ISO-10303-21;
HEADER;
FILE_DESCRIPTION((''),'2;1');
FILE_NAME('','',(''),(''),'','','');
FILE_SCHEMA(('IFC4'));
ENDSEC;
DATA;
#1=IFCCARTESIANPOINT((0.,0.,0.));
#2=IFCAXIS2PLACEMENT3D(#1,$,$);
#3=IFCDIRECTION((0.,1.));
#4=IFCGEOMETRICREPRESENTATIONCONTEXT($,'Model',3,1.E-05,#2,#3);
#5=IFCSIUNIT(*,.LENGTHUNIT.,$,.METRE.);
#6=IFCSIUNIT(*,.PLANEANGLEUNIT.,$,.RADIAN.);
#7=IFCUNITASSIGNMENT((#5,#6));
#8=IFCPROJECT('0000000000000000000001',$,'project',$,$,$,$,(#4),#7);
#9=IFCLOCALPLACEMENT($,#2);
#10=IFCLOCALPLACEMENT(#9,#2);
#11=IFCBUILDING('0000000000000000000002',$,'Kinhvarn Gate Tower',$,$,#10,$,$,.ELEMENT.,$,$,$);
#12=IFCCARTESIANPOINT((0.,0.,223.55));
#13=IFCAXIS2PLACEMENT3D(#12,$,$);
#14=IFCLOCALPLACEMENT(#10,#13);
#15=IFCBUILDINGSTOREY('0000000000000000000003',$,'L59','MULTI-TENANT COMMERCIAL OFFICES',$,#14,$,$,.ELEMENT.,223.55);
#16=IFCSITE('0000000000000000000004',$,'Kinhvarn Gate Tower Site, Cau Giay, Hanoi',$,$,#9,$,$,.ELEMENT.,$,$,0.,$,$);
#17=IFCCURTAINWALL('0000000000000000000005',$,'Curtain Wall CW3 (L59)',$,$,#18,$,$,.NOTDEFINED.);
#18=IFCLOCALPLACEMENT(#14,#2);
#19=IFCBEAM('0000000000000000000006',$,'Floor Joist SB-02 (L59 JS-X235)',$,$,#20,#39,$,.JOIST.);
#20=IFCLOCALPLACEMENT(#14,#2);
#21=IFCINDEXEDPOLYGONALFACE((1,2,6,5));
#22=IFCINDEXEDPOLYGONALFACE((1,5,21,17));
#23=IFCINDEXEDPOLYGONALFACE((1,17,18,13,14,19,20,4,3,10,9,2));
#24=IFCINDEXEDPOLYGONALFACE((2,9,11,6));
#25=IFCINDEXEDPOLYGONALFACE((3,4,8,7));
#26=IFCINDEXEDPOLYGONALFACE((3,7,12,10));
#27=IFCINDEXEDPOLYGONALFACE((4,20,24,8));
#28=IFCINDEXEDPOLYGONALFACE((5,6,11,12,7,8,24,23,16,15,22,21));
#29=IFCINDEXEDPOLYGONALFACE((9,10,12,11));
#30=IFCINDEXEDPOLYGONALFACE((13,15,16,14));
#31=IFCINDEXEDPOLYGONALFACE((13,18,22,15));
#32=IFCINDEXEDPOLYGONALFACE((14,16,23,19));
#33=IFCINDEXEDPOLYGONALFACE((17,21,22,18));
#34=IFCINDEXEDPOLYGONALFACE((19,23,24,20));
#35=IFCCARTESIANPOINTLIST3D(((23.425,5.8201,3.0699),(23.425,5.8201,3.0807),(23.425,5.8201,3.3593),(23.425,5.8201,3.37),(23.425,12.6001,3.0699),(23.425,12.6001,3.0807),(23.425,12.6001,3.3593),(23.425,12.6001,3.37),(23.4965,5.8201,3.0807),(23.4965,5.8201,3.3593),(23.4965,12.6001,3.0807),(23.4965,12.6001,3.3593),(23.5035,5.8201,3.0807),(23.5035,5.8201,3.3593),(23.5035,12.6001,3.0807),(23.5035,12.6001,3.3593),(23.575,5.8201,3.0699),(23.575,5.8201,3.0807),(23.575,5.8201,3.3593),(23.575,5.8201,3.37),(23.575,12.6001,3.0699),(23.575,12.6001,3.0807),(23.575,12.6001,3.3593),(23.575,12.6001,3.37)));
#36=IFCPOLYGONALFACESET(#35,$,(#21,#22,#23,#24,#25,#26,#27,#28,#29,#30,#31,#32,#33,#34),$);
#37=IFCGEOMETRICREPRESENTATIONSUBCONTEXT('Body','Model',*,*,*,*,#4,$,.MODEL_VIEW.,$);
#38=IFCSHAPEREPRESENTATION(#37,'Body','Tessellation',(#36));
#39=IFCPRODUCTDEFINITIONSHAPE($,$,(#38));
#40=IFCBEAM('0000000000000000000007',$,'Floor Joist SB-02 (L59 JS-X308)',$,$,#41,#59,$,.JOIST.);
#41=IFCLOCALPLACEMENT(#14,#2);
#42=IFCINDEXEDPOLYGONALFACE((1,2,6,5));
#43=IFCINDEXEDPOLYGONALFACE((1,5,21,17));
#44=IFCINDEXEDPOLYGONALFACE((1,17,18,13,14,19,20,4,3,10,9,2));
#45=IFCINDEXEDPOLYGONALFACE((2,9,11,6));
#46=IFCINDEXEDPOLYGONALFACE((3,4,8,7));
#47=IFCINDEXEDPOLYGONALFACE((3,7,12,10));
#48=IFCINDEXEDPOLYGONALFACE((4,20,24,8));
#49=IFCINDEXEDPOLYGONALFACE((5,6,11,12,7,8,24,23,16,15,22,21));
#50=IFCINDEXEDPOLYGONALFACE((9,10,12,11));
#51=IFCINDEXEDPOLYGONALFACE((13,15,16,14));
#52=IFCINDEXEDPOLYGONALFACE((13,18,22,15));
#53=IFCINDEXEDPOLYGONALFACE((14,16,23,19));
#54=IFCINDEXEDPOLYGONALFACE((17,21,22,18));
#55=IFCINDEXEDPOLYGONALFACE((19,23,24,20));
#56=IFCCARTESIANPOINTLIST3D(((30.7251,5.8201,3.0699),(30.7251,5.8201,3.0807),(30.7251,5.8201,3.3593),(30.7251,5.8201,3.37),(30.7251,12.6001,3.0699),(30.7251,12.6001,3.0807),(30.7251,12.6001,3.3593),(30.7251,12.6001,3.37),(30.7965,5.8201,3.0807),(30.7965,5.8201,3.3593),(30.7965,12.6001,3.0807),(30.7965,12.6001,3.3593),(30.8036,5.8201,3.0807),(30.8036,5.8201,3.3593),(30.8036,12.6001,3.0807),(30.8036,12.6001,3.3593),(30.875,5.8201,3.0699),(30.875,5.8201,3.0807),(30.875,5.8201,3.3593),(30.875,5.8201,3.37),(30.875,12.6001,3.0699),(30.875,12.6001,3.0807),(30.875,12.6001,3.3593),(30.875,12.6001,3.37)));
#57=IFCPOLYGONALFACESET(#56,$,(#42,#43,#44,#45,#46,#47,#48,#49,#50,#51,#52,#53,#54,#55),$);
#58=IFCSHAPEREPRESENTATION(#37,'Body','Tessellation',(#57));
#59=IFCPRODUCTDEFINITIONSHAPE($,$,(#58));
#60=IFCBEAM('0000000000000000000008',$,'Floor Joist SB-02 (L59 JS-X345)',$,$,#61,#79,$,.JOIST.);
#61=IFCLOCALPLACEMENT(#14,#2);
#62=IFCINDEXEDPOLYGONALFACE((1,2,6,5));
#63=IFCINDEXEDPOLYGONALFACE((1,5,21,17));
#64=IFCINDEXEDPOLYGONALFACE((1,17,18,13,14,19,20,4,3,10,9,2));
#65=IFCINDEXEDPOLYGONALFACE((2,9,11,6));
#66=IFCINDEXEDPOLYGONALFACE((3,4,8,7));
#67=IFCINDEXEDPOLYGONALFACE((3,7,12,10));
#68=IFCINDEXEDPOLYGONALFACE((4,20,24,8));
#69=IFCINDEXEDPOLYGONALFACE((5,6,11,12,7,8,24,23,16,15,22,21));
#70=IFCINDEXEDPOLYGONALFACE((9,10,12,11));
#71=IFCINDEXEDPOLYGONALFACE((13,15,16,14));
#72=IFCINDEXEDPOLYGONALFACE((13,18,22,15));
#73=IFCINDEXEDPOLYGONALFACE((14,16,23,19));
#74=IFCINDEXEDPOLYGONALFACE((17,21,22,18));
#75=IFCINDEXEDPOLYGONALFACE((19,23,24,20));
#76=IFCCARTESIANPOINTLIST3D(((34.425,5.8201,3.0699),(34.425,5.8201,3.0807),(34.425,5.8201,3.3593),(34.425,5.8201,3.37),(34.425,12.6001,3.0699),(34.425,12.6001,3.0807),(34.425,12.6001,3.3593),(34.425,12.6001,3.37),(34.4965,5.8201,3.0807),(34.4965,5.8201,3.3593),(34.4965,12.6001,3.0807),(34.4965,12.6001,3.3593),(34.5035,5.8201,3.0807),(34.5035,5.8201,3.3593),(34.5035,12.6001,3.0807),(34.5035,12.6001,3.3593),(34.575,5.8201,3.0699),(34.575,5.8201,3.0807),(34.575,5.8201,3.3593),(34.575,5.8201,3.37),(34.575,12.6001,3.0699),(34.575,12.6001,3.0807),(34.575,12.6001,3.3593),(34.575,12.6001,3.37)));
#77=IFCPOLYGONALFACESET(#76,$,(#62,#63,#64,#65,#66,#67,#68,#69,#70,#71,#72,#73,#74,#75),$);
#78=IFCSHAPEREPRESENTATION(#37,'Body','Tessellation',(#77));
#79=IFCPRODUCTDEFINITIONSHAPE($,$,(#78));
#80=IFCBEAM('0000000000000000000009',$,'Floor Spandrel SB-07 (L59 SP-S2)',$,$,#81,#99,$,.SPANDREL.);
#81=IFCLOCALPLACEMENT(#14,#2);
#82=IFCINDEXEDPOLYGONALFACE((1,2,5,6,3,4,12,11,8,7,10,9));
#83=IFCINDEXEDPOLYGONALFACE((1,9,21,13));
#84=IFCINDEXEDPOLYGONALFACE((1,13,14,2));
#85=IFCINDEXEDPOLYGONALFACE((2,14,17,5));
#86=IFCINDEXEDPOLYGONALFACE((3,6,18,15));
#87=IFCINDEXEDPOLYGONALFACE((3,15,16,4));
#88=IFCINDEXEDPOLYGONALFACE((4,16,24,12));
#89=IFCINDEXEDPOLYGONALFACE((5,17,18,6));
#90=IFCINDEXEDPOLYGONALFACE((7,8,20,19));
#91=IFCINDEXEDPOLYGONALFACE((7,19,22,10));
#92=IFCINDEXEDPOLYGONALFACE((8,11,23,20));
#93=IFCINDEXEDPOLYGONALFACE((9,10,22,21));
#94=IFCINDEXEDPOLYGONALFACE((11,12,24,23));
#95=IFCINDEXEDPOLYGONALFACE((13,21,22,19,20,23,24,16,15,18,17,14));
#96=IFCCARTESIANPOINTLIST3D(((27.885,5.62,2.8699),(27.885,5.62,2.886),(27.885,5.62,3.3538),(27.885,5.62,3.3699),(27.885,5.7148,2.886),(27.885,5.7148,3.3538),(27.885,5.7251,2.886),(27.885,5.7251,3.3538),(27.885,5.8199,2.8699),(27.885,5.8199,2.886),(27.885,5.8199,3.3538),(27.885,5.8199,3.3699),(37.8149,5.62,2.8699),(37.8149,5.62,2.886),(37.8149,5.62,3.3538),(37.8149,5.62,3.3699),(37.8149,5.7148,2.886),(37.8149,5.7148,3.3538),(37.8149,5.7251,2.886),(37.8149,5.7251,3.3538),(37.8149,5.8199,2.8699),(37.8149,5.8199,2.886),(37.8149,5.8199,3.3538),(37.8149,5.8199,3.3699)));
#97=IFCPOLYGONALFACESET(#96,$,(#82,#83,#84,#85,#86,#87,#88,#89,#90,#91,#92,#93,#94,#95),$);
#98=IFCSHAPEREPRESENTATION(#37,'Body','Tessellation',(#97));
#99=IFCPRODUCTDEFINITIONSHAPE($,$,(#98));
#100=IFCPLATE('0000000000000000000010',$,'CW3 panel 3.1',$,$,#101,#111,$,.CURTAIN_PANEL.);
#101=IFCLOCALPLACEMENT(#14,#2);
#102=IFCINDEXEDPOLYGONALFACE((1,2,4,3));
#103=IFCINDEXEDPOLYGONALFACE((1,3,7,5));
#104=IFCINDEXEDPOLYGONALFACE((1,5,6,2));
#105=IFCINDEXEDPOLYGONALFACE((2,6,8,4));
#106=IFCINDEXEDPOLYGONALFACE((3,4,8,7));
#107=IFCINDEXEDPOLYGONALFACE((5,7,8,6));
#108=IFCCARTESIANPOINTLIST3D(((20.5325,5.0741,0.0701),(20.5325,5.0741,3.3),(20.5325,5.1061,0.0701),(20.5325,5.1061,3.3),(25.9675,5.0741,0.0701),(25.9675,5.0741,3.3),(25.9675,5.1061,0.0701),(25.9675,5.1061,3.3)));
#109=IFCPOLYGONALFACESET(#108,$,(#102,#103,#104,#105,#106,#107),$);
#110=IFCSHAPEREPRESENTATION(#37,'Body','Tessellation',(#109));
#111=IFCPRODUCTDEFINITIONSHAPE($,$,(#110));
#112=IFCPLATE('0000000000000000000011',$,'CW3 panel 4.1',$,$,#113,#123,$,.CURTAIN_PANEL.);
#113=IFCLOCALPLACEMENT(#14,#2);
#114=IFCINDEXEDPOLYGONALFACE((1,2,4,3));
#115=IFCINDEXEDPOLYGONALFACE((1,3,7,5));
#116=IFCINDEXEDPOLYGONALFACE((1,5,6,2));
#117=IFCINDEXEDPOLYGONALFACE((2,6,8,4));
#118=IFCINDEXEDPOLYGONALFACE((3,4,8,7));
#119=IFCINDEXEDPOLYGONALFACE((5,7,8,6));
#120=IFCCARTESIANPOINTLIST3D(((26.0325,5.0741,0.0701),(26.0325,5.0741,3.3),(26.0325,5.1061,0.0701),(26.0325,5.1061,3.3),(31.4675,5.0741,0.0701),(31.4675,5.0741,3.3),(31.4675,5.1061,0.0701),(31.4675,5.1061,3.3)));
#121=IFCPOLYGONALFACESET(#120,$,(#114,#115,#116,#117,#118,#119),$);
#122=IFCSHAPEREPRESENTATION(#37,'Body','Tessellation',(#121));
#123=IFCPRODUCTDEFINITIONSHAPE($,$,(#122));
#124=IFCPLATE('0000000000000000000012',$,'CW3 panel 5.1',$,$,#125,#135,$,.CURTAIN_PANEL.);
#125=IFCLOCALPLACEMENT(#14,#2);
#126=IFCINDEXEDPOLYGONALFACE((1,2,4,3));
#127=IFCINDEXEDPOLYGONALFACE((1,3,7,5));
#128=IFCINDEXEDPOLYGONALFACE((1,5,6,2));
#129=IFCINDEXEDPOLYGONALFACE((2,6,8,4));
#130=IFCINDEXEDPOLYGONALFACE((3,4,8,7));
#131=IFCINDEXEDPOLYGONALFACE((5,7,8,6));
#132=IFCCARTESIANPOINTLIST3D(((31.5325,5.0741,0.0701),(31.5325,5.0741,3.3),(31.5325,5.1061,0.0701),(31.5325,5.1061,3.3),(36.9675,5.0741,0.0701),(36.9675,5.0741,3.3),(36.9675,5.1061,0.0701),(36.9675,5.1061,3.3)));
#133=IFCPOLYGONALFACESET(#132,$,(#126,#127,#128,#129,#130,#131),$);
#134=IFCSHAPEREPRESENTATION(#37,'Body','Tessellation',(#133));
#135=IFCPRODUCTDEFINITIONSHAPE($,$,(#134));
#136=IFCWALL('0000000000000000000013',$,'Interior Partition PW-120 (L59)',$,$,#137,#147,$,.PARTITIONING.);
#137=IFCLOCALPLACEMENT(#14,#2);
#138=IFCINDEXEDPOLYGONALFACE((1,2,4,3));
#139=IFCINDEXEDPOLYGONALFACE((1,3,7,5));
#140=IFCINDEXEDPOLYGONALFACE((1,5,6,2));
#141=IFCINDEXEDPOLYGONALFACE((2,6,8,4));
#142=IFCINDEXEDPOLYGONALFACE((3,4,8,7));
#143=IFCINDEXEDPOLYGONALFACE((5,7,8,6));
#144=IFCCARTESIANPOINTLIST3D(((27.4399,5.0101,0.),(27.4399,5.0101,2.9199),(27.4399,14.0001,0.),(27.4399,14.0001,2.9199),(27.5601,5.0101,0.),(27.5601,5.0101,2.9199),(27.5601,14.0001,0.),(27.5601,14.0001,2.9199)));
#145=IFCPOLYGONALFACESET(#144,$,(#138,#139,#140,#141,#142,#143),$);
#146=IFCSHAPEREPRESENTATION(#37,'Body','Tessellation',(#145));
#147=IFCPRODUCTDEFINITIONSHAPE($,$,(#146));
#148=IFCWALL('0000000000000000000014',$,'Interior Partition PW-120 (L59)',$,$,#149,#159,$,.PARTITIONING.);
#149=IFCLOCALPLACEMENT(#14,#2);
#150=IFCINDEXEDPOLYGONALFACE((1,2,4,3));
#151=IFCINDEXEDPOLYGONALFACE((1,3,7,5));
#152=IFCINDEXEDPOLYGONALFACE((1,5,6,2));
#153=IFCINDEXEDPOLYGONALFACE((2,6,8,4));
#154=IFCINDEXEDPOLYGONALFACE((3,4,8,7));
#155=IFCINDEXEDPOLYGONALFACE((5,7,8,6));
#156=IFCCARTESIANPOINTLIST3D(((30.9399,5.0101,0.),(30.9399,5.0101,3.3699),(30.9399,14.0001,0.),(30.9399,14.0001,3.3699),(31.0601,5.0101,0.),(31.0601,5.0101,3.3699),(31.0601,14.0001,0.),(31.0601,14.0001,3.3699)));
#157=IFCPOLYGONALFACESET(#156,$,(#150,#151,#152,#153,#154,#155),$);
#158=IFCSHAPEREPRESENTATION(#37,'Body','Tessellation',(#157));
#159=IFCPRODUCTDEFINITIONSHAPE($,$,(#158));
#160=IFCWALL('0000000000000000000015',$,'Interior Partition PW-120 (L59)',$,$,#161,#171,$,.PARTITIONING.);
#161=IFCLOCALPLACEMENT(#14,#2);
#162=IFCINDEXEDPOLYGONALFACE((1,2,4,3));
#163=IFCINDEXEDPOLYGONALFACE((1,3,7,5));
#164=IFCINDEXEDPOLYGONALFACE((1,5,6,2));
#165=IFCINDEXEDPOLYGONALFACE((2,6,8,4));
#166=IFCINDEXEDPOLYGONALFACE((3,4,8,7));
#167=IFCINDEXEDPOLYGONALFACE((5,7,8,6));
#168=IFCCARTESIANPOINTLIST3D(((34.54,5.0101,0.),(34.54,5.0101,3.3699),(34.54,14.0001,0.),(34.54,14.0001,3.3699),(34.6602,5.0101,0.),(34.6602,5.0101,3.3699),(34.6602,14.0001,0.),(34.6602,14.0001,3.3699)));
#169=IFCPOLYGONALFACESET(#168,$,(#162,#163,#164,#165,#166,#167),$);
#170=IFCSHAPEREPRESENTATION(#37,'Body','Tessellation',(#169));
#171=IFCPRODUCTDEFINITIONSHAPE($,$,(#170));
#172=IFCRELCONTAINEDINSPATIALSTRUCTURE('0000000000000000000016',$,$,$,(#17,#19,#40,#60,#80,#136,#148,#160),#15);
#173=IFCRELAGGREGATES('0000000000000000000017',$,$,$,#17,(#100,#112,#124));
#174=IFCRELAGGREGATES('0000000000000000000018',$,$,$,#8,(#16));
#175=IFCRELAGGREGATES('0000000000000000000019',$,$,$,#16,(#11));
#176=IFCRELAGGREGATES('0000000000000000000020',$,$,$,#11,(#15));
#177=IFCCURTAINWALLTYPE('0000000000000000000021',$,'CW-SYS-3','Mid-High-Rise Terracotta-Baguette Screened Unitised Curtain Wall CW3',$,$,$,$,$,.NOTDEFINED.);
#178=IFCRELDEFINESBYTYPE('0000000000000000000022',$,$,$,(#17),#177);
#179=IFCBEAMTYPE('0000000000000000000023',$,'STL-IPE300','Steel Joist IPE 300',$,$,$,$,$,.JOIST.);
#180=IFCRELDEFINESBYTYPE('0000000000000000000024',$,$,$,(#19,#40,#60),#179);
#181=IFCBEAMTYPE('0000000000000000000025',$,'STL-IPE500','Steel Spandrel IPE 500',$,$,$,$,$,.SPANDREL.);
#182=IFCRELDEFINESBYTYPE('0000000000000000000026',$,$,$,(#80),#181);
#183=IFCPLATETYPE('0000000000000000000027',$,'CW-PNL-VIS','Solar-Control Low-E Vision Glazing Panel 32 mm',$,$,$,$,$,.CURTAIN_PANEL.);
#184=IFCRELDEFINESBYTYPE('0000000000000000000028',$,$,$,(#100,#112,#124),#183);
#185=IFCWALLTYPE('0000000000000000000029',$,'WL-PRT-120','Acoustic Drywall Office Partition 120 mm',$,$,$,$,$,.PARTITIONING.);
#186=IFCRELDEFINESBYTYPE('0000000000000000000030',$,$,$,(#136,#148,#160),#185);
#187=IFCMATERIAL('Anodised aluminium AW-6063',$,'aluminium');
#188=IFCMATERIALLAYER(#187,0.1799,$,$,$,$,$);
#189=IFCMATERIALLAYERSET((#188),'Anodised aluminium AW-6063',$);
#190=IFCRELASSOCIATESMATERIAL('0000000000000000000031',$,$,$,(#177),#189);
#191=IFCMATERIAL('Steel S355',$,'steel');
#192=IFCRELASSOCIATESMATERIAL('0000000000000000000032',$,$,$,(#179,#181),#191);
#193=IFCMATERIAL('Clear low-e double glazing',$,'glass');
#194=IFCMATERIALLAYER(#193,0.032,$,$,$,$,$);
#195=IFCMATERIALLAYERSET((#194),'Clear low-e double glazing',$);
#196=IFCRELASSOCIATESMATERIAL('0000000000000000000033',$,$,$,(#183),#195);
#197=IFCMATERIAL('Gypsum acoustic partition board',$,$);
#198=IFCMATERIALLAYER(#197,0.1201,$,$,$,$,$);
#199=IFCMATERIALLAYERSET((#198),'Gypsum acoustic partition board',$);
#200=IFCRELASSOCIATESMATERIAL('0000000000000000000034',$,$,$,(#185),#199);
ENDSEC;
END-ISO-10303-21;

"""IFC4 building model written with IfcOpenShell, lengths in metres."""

from ifc_helpers import new_model, si_unit, direction, frame, frame_2d, origin, origin_2d, place, context, subcontext, project, spatial, rectangle, i_section, extrude, material, layer, layer_set, material_profile, profile_set, type_object, element, aggregate, save


model = new_model("IFC4")

# Units and contexts
model_context = context("Model", 3, precision=1e-05, world=origin(), true_north=direction((0.0, 1.0)))
body_context = subcontext(model_context, "Body", "Model", "MODEL_VIEW")
ifc_project = project(units=[si_unit("LENGTHUNIT", "METRE"), si_unit("PLANEANGLEUNIT", "RADIAN")], contexts=[model_context])

# Site, building, storey
site_placement = place(None, origin())
site = spatial("IfcSite", under=ifc_project, at=site_placement, Name="Kinhvarn Gate Tower Site, Cau Giay, Hanoi", CompositionType="ELEMENT", RefElevation=0.0)
building_placement = place(site_placement, origin())
building = spatial("IfcBuilding", under=site, at=building_placement, Name="Kinhvarn Gate Tower", CompositionType="ELEMENT")
storey_placement = place(building_placement, frame((0.0, 0.0, 223.55)))
storey = spatial("IfcBuildingStorey", under=building, at=storey_placement, Name="L59", Description="MULTI-TENANT COMMERCIAL OFFICES", CompositionType="ELEMENT", Elevation=223.55)

# Curtain wall
ifc_material_1 = material(Name="Anodised aluminium AW-6063", Category="aluminium")
ifc_layer_1 = layer(ifc_material_1, 0.1799)
ifc_layer_set_1 = layer_set([ifc_layer_1], Name="Anodised aluminium AW-6063")
curtain_wall_type = type_object("IfcCurtainWallType", Name="CW-SYS-3", Description="Mid-High-Rise Terracotta-Baguette Screened Unitised Curtain Wall CW3", PredefinedType="NOTDEFINED", material=ifc_layer_set_1)
curtain_wall_placement = place(storey_placement, origin())
curtain_wall = element("IfcCurtainWall", 1, at=curtain_wall_placement, inside=storey, type_object=curtain_wall_type, Name="Curtain Wall CW3 (L59)", PredefinedType="NOTDEFINED")

# Beams
ifc_material_2 = material(Name="Steel S355", Category="steel")
ifc_material_profile_1 = material_profile(ifc_material_2, i_section(OverallWidth=0.1499, OverallDepth=0.3, WebThickness=0.0071, FlangeThickness=0.0107, at=origin_2d()), Name="IPE 300")
ifc_profile_set_1 = profile_set([ifc_material_profile_1], Name="Steel S355")
beam_type_1 = type_object("IfcBeamType", Name="STL-IPE300", Description="Steel Joist IPE 300", PredefinedType="JOIST", material=ifc_profile_set_1)
for number, where, z_axis, x_axis, name in (
    (2, (23.5, 5.8201, 3.22), (0.0, 1.0, 0.0), (-1.0, 0.0, 0.0), "Floor Joist SB-02 (L59 JS-X235)"),
    (3, (30.8, 5.8201, 3.22), (0.0, 1.0, 0.0), (-1.0, 0.0, 0.0), "Floor Joist SB-02 (L59 JS-X308)"),
    (4, (34.5, 5.8201, 3.22), (0.0, 1.0, 0.0), (-1.0, 0.0, 0.0), "Floor Joist SB-02 (L59 JS-X345)"),
):
    element("IfcBeam", number, at=place(storey_placement, frame(where, z_axis=z_axis, x_axis=x_axis)), inside=storey, type_object=beam_type_1, Name=name, PredefinedType="JOIST", context=body_context, shape_type="SweptSolid", body=[
        extrude(i_section(OverallWidth=0.1499, OverallDepth=0.3, WebThickness=0.0071, FlangeThickness=0.0107, at=origin_2d()), origin(), (0.0, 0.0, 1.0), 6.78),
    ])
ifc_material_profile_2 = material_profile(ifc_material_2, i_section(OverallWidth=0.2, OverallDepth=0.5, WebThickness=0.0103, FlangeThickness=0.0161, at=origin_2d()), Name="IPE 500")
ifc_profile_set_2 = profile_set([ifc_material_profile_2], Name="Steel S355")
beam_type_2 = type_object("IfcBeamType", Name="STL-IPE500", Description="Steel Spandrel IPE 500", PredefinedType="SPANDREL", material=ifc_profile_set_2)
beam_1_placement = place(storey_placement, frame((27.885, 5.72, 3.1199), z_axis=(1.0, 0.0, 0.0), x_axis=(0.0, 1.0, 0.0)))
element("IfcBeam", 5, at=beam_1_placement, inside=storey, type_object=beam_type_2, Name="Floor Spandrel SB-07 (L59 SP-S2)", PredefinedType="SPANDREL", context=body_context, shape_type="SweptSolid", body=[
    extrude(i_section(OverallWidth=0.2, OverallDepth=0.5, WebThickness=0.0103, FlangeThickness=0.0161, at=origin_2d()), origin(), (0.0, 0.0, 1.0), 9.9299),
])

# Plates
ifc_material_3 = material(Name="Clear low-e double glazing", Category="glass")
ifc_layer_2 = layer(ifc_material_3, 0.032)
ifc_layer_set_2 = layer_set([ifc_layer_2], Name="Clear low-e double glazing")
plate_type = type_object("IfcPlateType", Name="CW-PNL-VIS", Description="Solar-Control Low-E Vision Glazing Panel 32 mm", PredefinedType="CURTAIN_PANEL", material=ifc_layer_set_2)
plate_1_placement = place(storey_placement, frame((23.25, 5.0901, 0.0701), z_axis=(0.0, 0.0, 1.0), x_axis=(1.0, 0.0, 0.0)))
plate_1 = element("IfcPlate", 6, at=plate_1_placement, type_object=plate_type, Name="CW3 panel 3.1", PredefinedType="CURTAIN_PANEL", context=body_context, shape_type="SweptSolid", body=[
    extrude(rectangle(XDim=5.4351, YDim=0.032, at=origin_2d()), origin(), (0.0, 0.0, 1.0), 3.23),
])
plate_2_placement = place(storey_placement, frame((28.75, 5.0901, 0.0701), z_axis=(0.0, 0.0, 1.0), x_axis=(1.0, 0.0, 0.0)))
plate_2 = element("IfcPlate", 7, at=plate_2_placement, type_object=plate_type, Name="CW3 panel 4.1", PredefinedType="CURTAIN_PANEL", context=body_context, shape_type="SweptSolid", body=[
    extrude(rectangle(XDim=5.4351, YDim=0.032, at=origin_2d()), origin(), (0.0, 0.0, 1.0), 3.23),
])
plate_3_placement = place(storey_placement, frame((34.25, 5.0901, 0.0701), z_axis=(0.0, 0.0, 1.0), x_axis=(1.0, 0.0, 0.0)))
plate_3 = element("IfcPlate", 8, at=plate_3_placement, type_object=plate_type, Name="CW3 panel 5.1", PredefinedType="CURTAIN_PANEL", context=body_context, shape_type="SweptSolid", body=[
    extrude(rectangle(XDim=5.4351, YDim=0.032, at=origin_2d()), origin(), (0.0, 0.0, 1.0), 3.23),
])
aggregate(curtain_wall, [plate_1, plate_2, plate_3])

# Walls
ifc_material_4 = material(Name="Gypsum acoustic partition board")
ifc_layer_3 = layer(ifc_material_4, 0.1201)
ifc_layer_set_3 = layer_set([ifc_layer_3], Name="Gypsum acoustic partition board")
wall_type = type_object("IfcWallType", Name="WL-PRT-120", Description="Acoustic Drywall Office Partition 120 mm", PredefinedType="PARTITIONING", material=ifc_layer_set_3)
wall_placement = place(storey_placement, frame((27.5, 5.01, 0.0), z_axis=(0.0, 0.0, 1.0), x_axis=(0.0, 1.0, 0.0)))
element("IfcWall", 9, at=wall_placement, inside=storey, type_object=wall_type, Name="Interior Partition PW-120 (L59)", PredefinedType="PARTITIONING", context=body_context, shape_type="SweptSolid", body=[
    extrude(rectangle(XDim=8.99, YDim=0.1201, at=frame_2d((4.4951, 0.0))), origin(), (0.0, 0.0, 1.0), 2.9199),
])
for number, where, z_axis, x_axis, name in (
    (10, (31.0, 5.01, 0.0), (0.0, 0.0, 1.0), (0.0, 1.0, 0.0), "Interior Partition PW-120 (L59)"),
    (11, (34.6001, 5.01, 0.0), (0.0, 0.0, 1.0), (0.0, 1.0, 0.0), "Interior Partition PW-120 (L59)"),
):
    element("IfcWall", number, at=place(storey_placement, frame(where, z_axis=z_axis, x_axis=x_axis)), inside=storey, type_object=wall_type, Name=name, PredefinedType="PARTITIONING", context=body_context, shape_type="SweptSolid", body=[
        extrude(rectangle(XDim=8.99, YDim=0.1201, at=frame_2d((4.4951, 0.0))), origin(), (0.0, 0.0, 1.0), 3.3699),
    ])

save(model, "model.ifc")
